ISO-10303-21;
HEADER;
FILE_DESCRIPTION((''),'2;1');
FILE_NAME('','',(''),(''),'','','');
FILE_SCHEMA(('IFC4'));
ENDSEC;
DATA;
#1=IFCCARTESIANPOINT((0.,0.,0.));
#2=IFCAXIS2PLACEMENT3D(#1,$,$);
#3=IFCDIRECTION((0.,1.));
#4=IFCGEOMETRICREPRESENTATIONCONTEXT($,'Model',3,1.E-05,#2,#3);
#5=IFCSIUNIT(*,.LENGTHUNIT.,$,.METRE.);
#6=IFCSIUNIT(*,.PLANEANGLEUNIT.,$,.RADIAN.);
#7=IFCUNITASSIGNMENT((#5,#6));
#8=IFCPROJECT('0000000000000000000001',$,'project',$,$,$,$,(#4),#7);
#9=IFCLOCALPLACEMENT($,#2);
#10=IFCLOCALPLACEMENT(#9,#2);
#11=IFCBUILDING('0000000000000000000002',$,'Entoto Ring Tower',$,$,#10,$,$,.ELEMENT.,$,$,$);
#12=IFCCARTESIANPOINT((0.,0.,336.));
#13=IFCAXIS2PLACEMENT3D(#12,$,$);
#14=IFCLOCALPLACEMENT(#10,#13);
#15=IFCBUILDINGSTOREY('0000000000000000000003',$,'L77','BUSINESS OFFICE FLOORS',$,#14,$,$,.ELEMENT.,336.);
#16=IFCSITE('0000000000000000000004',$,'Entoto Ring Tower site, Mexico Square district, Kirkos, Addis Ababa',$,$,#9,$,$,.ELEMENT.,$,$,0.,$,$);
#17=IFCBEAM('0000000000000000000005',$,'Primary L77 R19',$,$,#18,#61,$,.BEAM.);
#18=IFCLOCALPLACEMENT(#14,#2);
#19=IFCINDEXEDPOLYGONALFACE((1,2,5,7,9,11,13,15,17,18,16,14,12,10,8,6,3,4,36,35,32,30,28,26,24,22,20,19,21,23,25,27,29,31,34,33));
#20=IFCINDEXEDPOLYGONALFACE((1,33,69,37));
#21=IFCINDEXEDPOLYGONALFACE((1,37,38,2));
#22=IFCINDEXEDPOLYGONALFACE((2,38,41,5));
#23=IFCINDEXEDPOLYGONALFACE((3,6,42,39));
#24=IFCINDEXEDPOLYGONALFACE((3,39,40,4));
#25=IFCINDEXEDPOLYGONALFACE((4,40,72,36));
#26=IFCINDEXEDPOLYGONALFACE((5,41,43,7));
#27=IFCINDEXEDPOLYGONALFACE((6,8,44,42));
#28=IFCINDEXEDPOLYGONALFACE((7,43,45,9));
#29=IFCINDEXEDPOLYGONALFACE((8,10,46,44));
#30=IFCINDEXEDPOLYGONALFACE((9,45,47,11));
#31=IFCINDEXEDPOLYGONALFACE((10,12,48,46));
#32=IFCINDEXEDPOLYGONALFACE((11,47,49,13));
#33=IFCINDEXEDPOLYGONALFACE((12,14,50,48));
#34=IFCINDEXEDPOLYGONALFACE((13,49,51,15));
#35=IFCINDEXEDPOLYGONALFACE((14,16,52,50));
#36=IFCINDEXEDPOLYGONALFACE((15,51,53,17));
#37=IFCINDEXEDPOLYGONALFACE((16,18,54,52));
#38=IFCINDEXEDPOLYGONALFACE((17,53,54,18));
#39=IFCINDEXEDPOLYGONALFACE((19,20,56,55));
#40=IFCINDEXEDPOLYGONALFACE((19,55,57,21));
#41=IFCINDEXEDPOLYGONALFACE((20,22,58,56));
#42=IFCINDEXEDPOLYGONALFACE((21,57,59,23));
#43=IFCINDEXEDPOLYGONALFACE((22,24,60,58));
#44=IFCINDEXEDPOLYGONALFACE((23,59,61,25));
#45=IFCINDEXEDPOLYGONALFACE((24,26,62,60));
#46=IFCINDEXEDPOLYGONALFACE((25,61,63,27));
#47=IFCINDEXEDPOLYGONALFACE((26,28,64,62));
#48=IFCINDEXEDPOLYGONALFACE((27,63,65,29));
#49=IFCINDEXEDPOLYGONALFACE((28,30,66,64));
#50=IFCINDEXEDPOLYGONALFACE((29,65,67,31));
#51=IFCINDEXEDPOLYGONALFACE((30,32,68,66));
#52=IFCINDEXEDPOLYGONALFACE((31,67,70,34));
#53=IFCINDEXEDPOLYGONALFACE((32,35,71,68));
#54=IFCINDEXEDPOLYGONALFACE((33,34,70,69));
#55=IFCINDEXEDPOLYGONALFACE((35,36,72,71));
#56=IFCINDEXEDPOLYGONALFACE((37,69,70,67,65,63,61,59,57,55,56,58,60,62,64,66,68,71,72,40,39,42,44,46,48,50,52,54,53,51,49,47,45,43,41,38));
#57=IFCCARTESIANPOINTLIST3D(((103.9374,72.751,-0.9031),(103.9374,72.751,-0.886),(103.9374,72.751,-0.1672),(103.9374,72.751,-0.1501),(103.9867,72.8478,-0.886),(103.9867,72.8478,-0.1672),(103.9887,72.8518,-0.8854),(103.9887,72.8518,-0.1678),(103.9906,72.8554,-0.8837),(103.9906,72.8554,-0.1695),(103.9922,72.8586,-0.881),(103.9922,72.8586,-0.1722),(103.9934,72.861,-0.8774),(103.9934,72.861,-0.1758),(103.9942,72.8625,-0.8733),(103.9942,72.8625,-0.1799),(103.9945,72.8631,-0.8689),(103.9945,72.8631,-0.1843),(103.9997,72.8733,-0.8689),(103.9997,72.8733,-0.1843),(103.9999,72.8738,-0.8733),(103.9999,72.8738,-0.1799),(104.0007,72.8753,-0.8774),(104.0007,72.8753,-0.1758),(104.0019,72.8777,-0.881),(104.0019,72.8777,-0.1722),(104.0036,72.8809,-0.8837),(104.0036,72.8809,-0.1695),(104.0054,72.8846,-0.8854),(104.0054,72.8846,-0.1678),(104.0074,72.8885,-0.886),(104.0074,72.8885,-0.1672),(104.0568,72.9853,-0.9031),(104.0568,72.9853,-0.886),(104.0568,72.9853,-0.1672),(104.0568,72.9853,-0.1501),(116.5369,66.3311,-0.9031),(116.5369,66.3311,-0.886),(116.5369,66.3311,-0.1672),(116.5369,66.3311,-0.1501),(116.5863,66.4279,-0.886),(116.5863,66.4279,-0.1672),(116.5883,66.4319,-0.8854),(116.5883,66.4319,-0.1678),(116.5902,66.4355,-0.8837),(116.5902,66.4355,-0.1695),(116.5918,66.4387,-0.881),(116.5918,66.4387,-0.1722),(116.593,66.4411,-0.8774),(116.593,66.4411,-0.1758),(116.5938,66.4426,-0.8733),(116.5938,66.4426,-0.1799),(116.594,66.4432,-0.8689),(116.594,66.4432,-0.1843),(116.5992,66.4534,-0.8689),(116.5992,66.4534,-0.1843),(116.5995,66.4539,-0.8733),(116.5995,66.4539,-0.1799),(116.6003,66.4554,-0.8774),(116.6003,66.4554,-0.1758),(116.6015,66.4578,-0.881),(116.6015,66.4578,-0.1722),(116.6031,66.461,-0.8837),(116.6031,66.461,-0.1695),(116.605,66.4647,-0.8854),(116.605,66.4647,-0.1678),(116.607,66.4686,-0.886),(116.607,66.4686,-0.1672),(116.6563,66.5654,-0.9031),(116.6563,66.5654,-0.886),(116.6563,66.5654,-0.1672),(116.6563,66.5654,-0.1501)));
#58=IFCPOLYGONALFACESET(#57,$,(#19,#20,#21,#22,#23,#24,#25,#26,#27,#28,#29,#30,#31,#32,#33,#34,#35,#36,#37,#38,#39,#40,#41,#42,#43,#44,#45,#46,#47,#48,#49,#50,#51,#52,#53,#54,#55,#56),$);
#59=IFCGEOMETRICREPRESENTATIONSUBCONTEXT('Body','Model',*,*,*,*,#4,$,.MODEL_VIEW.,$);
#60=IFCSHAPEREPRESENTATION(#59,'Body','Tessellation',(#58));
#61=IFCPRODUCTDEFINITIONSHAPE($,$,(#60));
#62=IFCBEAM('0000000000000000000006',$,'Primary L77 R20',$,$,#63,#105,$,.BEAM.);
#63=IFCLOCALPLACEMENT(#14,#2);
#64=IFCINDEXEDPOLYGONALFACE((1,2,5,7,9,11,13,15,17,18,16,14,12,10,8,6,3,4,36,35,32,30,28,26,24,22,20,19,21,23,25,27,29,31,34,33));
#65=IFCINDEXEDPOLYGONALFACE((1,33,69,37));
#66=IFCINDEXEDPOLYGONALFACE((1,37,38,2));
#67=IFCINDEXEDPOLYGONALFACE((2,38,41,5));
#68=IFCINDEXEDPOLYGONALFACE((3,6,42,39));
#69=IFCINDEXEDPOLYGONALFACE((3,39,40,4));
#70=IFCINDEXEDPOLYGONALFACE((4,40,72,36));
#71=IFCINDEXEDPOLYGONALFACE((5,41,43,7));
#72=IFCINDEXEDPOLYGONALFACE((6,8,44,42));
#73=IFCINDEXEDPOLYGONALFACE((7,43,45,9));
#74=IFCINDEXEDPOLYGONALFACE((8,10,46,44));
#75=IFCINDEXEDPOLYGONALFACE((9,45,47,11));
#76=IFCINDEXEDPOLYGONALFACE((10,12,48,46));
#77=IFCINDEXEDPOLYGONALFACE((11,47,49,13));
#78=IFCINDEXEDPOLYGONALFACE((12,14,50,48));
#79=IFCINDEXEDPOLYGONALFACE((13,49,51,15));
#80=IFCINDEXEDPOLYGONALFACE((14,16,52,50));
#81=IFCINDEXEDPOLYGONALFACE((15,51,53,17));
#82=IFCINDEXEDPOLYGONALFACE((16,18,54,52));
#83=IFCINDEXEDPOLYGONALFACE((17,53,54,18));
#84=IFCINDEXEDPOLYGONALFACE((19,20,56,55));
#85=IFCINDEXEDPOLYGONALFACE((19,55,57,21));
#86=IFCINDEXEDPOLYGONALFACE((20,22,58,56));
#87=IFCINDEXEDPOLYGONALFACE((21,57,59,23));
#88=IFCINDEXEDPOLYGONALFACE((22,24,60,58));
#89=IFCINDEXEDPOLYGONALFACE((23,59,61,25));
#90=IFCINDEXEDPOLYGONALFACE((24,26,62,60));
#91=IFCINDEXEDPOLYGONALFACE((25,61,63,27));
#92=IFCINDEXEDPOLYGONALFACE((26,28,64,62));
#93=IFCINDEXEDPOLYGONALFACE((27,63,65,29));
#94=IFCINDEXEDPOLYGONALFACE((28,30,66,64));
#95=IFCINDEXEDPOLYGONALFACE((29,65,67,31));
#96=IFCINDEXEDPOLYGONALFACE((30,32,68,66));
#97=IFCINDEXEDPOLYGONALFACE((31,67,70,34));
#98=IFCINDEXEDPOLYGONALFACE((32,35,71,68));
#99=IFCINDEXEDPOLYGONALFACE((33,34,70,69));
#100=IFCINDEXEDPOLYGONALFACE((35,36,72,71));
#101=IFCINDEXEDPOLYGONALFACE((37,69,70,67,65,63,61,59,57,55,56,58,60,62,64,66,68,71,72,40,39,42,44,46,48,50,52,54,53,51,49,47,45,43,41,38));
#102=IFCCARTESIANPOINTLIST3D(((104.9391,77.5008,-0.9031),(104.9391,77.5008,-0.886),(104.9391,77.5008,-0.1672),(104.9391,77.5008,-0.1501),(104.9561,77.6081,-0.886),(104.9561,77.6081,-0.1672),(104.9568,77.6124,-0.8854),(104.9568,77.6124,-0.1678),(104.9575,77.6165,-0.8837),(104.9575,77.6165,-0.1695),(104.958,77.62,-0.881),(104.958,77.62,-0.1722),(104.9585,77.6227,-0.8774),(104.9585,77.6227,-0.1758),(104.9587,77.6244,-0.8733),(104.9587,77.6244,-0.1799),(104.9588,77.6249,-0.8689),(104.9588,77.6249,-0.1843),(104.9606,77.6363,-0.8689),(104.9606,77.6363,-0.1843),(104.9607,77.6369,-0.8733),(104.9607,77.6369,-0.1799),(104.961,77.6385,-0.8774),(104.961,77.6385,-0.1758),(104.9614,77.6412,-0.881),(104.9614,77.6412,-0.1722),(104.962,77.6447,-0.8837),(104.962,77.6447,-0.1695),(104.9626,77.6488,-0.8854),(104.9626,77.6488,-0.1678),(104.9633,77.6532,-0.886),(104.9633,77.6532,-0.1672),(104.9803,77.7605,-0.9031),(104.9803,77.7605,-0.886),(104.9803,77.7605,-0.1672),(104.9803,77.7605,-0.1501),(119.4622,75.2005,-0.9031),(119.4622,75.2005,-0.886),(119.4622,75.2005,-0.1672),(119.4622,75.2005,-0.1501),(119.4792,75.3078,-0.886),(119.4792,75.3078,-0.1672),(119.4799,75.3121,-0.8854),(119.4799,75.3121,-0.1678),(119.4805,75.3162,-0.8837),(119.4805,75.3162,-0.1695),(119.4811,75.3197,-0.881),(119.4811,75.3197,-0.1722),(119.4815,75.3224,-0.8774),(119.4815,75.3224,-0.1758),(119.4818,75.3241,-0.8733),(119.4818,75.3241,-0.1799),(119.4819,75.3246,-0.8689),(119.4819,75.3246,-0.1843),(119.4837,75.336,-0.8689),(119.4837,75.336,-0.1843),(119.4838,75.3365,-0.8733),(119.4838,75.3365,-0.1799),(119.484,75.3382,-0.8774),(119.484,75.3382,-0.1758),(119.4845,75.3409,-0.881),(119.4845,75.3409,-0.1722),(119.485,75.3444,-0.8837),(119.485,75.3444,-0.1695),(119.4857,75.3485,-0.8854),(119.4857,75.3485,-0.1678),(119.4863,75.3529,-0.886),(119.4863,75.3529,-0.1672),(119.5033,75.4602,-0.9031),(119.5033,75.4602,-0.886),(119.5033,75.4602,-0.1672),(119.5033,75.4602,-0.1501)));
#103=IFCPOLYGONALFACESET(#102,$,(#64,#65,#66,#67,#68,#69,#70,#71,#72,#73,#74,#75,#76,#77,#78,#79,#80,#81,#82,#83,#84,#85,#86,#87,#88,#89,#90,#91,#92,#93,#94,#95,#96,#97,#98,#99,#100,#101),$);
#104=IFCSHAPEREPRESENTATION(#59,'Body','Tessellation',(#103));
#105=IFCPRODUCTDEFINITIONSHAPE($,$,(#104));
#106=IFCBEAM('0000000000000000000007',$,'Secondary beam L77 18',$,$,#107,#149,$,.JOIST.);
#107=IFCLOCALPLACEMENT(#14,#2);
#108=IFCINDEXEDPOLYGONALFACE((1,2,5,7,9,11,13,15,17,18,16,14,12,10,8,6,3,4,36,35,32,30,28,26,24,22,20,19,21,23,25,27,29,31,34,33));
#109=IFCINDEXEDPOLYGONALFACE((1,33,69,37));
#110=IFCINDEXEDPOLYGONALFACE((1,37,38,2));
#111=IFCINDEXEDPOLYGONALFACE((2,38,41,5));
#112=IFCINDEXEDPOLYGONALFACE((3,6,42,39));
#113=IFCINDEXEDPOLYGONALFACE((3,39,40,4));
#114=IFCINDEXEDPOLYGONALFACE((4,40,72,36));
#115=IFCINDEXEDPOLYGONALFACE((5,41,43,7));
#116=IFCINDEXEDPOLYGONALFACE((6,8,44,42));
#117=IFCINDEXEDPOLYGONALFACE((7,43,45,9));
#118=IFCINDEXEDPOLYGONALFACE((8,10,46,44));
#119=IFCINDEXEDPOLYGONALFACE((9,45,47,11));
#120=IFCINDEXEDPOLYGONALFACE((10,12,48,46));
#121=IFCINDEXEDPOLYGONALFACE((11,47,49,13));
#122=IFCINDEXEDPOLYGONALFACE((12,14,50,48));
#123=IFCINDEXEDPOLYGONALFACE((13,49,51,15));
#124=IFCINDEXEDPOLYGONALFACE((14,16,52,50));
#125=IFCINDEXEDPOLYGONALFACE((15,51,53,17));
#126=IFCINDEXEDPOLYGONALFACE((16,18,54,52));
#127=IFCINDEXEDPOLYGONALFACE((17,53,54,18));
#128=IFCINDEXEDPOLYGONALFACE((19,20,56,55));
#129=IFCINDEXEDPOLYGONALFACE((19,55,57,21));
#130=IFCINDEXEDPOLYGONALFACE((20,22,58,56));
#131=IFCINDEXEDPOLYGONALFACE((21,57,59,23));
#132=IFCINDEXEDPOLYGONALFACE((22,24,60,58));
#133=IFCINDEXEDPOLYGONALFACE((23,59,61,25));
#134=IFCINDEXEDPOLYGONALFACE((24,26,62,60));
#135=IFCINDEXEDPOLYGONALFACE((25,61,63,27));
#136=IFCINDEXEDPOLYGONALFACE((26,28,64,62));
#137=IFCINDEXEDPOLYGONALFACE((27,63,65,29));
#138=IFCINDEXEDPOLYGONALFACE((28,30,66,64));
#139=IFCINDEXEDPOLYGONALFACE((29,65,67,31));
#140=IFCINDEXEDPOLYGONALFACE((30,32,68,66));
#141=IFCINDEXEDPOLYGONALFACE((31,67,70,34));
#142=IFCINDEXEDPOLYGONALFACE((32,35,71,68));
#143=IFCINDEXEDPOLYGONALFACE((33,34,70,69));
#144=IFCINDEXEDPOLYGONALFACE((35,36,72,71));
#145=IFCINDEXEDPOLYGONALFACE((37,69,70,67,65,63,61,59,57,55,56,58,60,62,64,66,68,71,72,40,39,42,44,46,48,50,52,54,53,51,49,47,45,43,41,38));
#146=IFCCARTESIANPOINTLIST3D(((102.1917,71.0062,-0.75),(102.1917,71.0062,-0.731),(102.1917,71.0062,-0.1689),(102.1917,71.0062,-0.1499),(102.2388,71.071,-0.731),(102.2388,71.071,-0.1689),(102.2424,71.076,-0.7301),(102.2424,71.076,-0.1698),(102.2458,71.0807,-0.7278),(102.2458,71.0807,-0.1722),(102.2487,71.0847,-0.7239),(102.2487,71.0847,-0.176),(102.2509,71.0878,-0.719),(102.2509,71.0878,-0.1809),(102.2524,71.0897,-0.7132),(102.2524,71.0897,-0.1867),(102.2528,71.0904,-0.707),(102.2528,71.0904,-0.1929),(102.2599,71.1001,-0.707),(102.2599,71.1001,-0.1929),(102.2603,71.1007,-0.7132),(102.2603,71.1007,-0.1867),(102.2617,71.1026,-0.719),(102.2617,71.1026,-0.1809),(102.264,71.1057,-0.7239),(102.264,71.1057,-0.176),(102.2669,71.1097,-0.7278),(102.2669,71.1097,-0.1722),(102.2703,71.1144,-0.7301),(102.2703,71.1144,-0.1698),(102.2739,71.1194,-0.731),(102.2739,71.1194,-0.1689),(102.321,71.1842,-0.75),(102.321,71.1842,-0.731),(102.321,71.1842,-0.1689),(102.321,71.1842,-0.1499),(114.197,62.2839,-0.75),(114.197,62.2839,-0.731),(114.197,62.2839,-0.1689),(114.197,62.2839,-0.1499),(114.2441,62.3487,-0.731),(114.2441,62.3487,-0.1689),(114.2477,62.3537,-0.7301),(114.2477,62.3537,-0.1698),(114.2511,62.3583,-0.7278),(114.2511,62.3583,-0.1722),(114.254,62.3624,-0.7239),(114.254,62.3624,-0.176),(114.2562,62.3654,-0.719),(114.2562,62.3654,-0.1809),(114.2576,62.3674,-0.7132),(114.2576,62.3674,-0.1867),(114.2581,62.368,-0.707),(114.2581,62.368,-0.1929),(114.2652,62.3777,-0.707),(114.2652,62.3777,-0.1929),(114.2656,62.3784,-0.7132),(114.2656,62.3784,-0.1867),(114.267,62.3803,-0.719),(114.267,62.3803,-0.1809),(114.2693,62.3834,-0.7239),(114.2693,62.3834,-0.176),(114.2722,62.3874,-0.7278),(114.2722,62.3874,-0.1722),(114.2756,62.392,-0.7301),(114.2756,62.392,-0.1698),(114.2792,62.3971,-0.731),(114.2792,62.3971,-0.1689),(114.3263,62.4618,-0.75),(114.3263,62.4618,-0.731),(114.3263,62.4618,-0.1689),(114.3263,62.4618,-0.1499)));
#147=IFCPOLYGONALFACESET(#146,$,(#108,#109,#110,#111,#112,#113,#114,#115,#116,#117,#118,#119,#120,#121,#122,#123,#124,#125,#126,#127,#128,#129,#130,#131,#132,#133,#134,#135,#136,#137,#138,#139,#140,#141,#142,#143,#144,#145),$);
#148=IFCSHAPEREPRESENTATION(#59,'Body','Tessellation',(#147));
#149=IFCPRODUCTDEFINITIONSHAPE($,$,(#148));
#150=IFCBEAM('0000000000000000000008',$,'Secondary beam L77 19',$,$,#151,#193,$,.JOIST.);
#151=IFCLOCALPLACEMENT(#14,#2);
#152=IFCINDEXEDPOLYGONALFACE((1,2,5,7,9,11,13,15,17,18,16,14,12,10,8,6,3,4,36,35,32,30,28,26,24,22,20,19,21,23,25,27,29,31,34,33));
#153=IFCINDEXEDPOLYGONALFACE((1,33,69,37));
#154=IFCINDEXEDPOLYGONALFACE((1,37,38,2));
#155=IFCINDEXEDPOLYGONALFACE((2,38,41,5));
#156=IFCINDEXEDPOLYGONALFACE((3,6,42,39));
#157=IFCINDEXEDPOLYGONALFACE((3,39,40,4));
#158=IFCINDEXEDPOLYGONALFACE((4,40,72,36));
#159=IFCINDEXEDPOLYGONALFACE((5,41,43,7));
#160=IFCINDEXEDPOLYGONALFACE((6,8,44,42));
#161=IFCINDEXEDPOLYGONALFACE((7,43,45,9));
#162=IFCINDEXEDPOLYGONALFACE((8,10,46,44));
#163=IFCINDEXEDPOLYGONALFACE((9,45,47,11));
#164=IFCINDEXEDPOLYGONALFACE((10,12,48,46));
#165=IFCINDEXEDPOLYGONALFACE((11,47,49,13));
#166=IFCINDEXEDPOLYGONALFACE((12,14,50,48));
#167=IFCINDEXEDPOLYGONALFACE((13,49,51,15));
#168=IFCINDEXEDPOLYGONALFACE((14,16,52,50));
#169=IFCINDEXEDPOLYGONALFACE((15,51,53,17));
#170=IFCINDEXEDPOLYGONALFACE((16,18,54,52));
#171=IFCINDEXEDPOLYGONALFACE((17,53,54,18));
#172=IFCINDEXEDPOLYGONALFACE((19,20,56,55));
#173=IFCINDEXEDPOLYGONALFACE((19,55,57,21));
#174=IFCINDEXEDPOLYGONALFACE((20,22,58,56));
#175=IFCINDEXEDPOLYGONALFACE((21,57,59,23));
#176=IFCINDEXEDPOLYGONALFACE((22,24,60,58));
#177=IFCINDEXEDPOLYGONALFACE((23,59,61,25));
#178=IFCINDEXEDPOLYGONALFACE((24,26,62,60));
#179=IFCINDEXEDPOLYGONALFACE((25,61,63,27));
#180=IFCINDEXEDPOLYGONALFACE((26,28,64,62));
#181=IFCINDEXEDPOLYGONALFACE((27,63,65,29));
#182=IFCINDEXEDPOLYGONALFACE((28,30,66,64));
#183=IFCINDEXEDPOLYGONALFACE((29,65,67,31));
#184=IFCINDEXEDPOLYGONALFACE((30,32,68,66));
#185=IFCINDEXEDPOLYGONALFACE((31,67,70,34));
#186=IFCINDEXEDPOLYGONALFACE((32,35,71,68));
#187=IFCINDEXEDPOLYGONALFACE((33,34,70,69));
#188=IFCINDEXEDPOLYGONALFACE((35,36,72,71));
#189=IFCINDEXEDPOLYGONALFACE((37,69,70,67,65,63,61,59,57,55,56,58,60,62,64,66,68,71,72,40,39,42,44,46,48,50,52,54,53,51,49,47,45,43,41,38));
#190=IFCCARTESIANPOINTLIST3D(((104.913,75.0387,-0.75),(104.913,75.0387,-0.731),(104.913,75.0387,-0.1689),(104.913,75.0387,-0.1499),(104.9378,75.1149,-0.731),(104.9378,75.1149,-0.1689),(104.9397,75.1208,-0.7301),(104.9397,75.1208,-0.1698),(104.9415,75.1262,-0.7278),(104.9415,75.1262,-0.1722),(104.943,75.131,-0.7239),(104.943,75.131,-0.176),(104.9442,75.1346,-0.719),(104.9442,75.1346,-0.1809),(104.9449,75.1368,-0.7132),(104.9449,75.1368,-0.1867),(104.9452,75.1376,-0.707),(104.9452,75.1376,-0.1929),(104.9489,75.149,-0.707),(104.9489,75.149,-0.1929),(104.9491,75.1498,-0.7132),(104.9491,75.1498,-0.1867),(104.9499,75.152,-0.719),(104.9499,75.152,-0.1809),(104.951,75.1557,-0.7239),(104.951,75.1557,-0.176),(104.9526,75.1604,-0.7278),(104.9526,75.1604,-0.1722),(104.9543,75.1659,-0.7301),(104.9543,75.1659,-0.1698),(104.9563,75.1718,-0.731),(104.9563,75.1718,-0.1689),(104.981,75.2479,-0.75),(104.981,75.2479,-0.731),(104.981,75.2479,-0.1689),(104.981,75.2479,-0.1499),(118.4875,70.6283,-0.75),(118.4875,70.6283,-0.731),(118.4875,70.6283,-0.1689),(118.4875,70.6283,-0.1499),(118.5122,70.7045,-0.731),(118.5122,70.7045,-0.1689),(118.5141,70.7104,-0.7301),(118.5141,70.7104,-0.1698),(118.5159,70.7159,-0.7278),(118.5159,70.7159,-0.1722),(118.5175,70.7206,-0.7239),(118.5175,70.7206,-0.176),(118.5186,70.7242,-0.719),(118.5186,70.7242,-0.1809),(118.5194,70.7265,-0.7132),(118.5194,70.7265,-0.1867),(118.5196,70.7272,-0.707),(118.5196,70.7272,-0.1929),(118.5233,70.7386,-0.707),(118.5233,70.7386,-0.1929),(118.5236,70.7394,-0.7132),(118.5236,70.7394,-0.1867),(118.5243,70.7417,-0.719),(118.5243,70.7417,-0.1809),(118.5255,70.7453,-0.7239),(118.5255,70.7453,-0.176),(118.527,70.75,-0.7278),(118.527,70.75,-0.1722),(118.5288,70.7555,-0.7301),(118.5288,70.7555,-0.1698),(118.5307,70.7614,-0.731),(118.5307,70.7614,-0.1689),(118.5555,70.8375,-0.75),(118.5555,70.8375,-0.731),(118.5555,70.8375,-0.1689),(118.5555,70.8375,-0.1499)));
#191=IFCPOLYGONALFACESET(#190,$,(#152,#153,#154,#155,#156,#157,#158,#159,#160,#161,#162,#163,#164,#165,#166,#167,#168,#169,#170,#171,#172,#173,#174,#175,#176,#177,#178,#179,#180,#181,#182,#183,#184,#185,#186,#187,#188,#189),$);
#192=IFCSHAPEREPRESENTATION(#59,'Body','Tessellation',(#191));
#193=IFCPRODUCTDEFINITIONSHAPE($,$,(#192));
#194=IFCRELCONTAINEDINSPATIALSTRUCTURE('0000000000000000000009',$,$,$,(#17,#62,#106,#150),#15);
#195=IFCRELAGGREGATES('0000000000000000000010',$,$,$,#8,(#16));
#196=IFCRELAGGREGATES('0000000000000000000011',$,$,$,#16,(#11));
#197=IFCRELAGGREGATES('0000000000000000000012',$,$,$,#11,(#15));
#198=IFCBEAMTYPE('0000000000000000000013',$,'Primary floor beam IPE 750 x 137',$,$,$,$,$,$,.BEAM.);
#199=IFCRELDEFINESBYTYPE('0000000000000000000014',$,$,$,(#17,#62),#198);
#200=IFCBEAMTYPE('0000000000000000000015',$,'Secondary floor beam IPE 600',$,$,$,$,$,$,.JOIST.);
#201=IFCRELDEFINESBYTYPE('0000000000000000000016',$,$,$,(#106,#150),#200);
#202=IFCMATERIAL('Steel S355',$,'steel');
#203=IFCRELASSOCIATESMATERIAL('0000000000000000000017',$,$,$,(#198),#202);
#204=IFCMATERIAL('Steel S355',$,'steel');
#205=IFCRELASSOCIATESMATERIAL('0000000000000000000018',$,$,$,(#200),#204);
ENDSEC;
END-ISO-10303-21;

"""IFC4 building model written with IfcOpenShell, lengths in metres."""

from ifc_helpers import new_model, si_unit, direction, frame, origin, origin_2d, place, context, subcontext, project, spatial, i_section, extrude, material, material_profile, profile_set, type_object, element, save


model = new_model("IFC4")

# Units and contexts
model_context = context("Model", 3, precision=1e-05, world=origin(), true_north=direction((0.0, 1.0)))
body_context = subcontext(model_context, "Body", "Model", "MODEL_VIEW")
ifc_project = project(units=[si_unit("LENGTHUNIT", "METRE"), si_unit("PLANEANGLEUNIT", "RADIAN")], contexts=[model_context])

# Site, building, storey
site_placement = place(None, origin())
site = spatial("IfcSite", under=ifc_project, at=site_placement, Name="Entoto Ring Tower site, Mexico Square district, Kirkos, Addis Ababa", CompositionType="ELEMENT", RefElevation=0.0)
building_placement = place(site_placement, origin())
building = spatial("IfcBuilding", under=site, at=building_placement, Name="Entoto Ring Tower", CompositionType="ELEMENT")
storey_placement = place(building_placement, frame((0.0, 0.0, 336.0)))
storey = spatial("IfcBuildingStorey", under=building, at=storey_placement, Name="L77", Description="BUSINESS OFFICE FLOORS", CompositionType="ELEMENT", Elevation=336.0)

# Beams
ifc_material_1 = material(Name="Steel S355", Category="steel")
ifc_material_profile_1 = material_profile(ifc_material_1, i_section(OverallWidth=0.2629, OverallDepth=0.7529, WebThickness=0.0115, FlangeThickness=0.0171, FilletRadius=0.0171, at=origin_2d()), Name="IPE 750 x 137")
ifc_profile_set_1 = profile_set([ifc_material_profile_1], Name="Steel S355")
beam_type_1 = type_object("IfcBeamType", Name="Primary floor beam IPE 750 x 137", PredefinedType="BEAM", material=ifc_profile_set_1)
beam_1_placement = place(storey_placement, frame((103.9971, 72.8682, -0.5266), z_axis=(0.891004, -0.453996, 0.0), x_axis=(0.453996, 0.891004, 0.0)))
element("IfcBeam", 1, at=beam_1_placement, inside=storey, type_object=beam_type_1, Name="Primary L77 R19", PredefinedType="BEAM", context=body_context, shape_type="SweptSolid", body=[
    extrude(i_section(OverallWidth=0.2629, OverallDepth=0.7529, WebThickness=0.0115, FlangeThickness=0.0171, FilletRadius=0.0171, at=origin_2d()), origin(), (0.0, 0.0, 1.0), 14.1409),
])
beam_2_placement = place(storey_placement, frame((104.9597, 77.6306, -0.5266), z_axis=(0.987687, -0.15644, 0.0), x_axis=(0.15644, 0.987687, 0.0)))
element("IfcBeam", 2, at=beam_2_placement, inside=storey, type_object=beam_type_1, Name="Primary L77 R20", PredefinedType="BEAM", context=body_context, shape_type="SweptSolid", body=[
    extrude(i_section(OverallWidth=0.2629, OverallDepth=0.7529, WebThickness=0.0115, FlangeThickness=0.0171, FilletRadius=0.0171, at=origin_2d()), origin(), (0.0, 0.0, 1.0), 14.7041),
])
ifc_material_2 = material(Name="Steel S355", Category="steel")
ifc_material_profile_2 = material_profile(ifc_material_2, i_section(OverallWidth=0.22, OverallDepth=0.6001, WebThickness=0.012, FlangeThickness=0.019, FilletRadius=0.0239, at=origin_2d()), Name="IPE 600")
ifc_profile_set_2 = profile_set([ifc_material_profile_2], Name="Steel S355")
beam_type_2 = type_object("IfcBeamType", Name="Secondary floor beam IPE 600", PredefinedType="JOIST", material=ifc_profile_set_2)
beam_3_placement = place(storey_placement, frame((102.2563, 71.0952, -0.45), z_axis=(0.809017, -0.587785, 0.0), x_axis=(0.587785, 0.809017, 0.0)))
element("IfcBeam", 3, at=beam_3_placement, inside=storey, type_object=beam_type_2, Name="Secondary beam L77 18", PredefinedType="JOIST", context=body_context, shape_type="SweptSolid", body=[
    extrude(i_section(OverallWidth=0.22, OverallDepth=0.6001, WebThickness=0.012, FlangeThickness=0.019, FilletRadius=0.0239, at=origin_2d()), origin(), (0.0, 0.0, 1.0), 14.8394),
])
beam_4_placement = place(storey_placement, frame((104.947, 75.1433, -0.45), z_axis=(0.951061, -0.309004, 0.0), x_axis=(0.309004, 0.951061, 0.0)))
element("IfcBeam", 4, at=beam_4_placement, inside=storey, type_object=beam_type_2, Name="Secondary beam L77 19", PredefinedType="JOIST", context=body_context, shape_type="SweptSolid", body=[
    extrude(i_section(OverallWidth=0.22, OverallDepth=0.6001, WebThickness=0.012, FlangeThickness=0.019, FilletRadius=0.0239, at=origin_2d()), origin(), (0.0, 0.0, 1.0), 14.2729),
])

save(model, "model.ifc")
